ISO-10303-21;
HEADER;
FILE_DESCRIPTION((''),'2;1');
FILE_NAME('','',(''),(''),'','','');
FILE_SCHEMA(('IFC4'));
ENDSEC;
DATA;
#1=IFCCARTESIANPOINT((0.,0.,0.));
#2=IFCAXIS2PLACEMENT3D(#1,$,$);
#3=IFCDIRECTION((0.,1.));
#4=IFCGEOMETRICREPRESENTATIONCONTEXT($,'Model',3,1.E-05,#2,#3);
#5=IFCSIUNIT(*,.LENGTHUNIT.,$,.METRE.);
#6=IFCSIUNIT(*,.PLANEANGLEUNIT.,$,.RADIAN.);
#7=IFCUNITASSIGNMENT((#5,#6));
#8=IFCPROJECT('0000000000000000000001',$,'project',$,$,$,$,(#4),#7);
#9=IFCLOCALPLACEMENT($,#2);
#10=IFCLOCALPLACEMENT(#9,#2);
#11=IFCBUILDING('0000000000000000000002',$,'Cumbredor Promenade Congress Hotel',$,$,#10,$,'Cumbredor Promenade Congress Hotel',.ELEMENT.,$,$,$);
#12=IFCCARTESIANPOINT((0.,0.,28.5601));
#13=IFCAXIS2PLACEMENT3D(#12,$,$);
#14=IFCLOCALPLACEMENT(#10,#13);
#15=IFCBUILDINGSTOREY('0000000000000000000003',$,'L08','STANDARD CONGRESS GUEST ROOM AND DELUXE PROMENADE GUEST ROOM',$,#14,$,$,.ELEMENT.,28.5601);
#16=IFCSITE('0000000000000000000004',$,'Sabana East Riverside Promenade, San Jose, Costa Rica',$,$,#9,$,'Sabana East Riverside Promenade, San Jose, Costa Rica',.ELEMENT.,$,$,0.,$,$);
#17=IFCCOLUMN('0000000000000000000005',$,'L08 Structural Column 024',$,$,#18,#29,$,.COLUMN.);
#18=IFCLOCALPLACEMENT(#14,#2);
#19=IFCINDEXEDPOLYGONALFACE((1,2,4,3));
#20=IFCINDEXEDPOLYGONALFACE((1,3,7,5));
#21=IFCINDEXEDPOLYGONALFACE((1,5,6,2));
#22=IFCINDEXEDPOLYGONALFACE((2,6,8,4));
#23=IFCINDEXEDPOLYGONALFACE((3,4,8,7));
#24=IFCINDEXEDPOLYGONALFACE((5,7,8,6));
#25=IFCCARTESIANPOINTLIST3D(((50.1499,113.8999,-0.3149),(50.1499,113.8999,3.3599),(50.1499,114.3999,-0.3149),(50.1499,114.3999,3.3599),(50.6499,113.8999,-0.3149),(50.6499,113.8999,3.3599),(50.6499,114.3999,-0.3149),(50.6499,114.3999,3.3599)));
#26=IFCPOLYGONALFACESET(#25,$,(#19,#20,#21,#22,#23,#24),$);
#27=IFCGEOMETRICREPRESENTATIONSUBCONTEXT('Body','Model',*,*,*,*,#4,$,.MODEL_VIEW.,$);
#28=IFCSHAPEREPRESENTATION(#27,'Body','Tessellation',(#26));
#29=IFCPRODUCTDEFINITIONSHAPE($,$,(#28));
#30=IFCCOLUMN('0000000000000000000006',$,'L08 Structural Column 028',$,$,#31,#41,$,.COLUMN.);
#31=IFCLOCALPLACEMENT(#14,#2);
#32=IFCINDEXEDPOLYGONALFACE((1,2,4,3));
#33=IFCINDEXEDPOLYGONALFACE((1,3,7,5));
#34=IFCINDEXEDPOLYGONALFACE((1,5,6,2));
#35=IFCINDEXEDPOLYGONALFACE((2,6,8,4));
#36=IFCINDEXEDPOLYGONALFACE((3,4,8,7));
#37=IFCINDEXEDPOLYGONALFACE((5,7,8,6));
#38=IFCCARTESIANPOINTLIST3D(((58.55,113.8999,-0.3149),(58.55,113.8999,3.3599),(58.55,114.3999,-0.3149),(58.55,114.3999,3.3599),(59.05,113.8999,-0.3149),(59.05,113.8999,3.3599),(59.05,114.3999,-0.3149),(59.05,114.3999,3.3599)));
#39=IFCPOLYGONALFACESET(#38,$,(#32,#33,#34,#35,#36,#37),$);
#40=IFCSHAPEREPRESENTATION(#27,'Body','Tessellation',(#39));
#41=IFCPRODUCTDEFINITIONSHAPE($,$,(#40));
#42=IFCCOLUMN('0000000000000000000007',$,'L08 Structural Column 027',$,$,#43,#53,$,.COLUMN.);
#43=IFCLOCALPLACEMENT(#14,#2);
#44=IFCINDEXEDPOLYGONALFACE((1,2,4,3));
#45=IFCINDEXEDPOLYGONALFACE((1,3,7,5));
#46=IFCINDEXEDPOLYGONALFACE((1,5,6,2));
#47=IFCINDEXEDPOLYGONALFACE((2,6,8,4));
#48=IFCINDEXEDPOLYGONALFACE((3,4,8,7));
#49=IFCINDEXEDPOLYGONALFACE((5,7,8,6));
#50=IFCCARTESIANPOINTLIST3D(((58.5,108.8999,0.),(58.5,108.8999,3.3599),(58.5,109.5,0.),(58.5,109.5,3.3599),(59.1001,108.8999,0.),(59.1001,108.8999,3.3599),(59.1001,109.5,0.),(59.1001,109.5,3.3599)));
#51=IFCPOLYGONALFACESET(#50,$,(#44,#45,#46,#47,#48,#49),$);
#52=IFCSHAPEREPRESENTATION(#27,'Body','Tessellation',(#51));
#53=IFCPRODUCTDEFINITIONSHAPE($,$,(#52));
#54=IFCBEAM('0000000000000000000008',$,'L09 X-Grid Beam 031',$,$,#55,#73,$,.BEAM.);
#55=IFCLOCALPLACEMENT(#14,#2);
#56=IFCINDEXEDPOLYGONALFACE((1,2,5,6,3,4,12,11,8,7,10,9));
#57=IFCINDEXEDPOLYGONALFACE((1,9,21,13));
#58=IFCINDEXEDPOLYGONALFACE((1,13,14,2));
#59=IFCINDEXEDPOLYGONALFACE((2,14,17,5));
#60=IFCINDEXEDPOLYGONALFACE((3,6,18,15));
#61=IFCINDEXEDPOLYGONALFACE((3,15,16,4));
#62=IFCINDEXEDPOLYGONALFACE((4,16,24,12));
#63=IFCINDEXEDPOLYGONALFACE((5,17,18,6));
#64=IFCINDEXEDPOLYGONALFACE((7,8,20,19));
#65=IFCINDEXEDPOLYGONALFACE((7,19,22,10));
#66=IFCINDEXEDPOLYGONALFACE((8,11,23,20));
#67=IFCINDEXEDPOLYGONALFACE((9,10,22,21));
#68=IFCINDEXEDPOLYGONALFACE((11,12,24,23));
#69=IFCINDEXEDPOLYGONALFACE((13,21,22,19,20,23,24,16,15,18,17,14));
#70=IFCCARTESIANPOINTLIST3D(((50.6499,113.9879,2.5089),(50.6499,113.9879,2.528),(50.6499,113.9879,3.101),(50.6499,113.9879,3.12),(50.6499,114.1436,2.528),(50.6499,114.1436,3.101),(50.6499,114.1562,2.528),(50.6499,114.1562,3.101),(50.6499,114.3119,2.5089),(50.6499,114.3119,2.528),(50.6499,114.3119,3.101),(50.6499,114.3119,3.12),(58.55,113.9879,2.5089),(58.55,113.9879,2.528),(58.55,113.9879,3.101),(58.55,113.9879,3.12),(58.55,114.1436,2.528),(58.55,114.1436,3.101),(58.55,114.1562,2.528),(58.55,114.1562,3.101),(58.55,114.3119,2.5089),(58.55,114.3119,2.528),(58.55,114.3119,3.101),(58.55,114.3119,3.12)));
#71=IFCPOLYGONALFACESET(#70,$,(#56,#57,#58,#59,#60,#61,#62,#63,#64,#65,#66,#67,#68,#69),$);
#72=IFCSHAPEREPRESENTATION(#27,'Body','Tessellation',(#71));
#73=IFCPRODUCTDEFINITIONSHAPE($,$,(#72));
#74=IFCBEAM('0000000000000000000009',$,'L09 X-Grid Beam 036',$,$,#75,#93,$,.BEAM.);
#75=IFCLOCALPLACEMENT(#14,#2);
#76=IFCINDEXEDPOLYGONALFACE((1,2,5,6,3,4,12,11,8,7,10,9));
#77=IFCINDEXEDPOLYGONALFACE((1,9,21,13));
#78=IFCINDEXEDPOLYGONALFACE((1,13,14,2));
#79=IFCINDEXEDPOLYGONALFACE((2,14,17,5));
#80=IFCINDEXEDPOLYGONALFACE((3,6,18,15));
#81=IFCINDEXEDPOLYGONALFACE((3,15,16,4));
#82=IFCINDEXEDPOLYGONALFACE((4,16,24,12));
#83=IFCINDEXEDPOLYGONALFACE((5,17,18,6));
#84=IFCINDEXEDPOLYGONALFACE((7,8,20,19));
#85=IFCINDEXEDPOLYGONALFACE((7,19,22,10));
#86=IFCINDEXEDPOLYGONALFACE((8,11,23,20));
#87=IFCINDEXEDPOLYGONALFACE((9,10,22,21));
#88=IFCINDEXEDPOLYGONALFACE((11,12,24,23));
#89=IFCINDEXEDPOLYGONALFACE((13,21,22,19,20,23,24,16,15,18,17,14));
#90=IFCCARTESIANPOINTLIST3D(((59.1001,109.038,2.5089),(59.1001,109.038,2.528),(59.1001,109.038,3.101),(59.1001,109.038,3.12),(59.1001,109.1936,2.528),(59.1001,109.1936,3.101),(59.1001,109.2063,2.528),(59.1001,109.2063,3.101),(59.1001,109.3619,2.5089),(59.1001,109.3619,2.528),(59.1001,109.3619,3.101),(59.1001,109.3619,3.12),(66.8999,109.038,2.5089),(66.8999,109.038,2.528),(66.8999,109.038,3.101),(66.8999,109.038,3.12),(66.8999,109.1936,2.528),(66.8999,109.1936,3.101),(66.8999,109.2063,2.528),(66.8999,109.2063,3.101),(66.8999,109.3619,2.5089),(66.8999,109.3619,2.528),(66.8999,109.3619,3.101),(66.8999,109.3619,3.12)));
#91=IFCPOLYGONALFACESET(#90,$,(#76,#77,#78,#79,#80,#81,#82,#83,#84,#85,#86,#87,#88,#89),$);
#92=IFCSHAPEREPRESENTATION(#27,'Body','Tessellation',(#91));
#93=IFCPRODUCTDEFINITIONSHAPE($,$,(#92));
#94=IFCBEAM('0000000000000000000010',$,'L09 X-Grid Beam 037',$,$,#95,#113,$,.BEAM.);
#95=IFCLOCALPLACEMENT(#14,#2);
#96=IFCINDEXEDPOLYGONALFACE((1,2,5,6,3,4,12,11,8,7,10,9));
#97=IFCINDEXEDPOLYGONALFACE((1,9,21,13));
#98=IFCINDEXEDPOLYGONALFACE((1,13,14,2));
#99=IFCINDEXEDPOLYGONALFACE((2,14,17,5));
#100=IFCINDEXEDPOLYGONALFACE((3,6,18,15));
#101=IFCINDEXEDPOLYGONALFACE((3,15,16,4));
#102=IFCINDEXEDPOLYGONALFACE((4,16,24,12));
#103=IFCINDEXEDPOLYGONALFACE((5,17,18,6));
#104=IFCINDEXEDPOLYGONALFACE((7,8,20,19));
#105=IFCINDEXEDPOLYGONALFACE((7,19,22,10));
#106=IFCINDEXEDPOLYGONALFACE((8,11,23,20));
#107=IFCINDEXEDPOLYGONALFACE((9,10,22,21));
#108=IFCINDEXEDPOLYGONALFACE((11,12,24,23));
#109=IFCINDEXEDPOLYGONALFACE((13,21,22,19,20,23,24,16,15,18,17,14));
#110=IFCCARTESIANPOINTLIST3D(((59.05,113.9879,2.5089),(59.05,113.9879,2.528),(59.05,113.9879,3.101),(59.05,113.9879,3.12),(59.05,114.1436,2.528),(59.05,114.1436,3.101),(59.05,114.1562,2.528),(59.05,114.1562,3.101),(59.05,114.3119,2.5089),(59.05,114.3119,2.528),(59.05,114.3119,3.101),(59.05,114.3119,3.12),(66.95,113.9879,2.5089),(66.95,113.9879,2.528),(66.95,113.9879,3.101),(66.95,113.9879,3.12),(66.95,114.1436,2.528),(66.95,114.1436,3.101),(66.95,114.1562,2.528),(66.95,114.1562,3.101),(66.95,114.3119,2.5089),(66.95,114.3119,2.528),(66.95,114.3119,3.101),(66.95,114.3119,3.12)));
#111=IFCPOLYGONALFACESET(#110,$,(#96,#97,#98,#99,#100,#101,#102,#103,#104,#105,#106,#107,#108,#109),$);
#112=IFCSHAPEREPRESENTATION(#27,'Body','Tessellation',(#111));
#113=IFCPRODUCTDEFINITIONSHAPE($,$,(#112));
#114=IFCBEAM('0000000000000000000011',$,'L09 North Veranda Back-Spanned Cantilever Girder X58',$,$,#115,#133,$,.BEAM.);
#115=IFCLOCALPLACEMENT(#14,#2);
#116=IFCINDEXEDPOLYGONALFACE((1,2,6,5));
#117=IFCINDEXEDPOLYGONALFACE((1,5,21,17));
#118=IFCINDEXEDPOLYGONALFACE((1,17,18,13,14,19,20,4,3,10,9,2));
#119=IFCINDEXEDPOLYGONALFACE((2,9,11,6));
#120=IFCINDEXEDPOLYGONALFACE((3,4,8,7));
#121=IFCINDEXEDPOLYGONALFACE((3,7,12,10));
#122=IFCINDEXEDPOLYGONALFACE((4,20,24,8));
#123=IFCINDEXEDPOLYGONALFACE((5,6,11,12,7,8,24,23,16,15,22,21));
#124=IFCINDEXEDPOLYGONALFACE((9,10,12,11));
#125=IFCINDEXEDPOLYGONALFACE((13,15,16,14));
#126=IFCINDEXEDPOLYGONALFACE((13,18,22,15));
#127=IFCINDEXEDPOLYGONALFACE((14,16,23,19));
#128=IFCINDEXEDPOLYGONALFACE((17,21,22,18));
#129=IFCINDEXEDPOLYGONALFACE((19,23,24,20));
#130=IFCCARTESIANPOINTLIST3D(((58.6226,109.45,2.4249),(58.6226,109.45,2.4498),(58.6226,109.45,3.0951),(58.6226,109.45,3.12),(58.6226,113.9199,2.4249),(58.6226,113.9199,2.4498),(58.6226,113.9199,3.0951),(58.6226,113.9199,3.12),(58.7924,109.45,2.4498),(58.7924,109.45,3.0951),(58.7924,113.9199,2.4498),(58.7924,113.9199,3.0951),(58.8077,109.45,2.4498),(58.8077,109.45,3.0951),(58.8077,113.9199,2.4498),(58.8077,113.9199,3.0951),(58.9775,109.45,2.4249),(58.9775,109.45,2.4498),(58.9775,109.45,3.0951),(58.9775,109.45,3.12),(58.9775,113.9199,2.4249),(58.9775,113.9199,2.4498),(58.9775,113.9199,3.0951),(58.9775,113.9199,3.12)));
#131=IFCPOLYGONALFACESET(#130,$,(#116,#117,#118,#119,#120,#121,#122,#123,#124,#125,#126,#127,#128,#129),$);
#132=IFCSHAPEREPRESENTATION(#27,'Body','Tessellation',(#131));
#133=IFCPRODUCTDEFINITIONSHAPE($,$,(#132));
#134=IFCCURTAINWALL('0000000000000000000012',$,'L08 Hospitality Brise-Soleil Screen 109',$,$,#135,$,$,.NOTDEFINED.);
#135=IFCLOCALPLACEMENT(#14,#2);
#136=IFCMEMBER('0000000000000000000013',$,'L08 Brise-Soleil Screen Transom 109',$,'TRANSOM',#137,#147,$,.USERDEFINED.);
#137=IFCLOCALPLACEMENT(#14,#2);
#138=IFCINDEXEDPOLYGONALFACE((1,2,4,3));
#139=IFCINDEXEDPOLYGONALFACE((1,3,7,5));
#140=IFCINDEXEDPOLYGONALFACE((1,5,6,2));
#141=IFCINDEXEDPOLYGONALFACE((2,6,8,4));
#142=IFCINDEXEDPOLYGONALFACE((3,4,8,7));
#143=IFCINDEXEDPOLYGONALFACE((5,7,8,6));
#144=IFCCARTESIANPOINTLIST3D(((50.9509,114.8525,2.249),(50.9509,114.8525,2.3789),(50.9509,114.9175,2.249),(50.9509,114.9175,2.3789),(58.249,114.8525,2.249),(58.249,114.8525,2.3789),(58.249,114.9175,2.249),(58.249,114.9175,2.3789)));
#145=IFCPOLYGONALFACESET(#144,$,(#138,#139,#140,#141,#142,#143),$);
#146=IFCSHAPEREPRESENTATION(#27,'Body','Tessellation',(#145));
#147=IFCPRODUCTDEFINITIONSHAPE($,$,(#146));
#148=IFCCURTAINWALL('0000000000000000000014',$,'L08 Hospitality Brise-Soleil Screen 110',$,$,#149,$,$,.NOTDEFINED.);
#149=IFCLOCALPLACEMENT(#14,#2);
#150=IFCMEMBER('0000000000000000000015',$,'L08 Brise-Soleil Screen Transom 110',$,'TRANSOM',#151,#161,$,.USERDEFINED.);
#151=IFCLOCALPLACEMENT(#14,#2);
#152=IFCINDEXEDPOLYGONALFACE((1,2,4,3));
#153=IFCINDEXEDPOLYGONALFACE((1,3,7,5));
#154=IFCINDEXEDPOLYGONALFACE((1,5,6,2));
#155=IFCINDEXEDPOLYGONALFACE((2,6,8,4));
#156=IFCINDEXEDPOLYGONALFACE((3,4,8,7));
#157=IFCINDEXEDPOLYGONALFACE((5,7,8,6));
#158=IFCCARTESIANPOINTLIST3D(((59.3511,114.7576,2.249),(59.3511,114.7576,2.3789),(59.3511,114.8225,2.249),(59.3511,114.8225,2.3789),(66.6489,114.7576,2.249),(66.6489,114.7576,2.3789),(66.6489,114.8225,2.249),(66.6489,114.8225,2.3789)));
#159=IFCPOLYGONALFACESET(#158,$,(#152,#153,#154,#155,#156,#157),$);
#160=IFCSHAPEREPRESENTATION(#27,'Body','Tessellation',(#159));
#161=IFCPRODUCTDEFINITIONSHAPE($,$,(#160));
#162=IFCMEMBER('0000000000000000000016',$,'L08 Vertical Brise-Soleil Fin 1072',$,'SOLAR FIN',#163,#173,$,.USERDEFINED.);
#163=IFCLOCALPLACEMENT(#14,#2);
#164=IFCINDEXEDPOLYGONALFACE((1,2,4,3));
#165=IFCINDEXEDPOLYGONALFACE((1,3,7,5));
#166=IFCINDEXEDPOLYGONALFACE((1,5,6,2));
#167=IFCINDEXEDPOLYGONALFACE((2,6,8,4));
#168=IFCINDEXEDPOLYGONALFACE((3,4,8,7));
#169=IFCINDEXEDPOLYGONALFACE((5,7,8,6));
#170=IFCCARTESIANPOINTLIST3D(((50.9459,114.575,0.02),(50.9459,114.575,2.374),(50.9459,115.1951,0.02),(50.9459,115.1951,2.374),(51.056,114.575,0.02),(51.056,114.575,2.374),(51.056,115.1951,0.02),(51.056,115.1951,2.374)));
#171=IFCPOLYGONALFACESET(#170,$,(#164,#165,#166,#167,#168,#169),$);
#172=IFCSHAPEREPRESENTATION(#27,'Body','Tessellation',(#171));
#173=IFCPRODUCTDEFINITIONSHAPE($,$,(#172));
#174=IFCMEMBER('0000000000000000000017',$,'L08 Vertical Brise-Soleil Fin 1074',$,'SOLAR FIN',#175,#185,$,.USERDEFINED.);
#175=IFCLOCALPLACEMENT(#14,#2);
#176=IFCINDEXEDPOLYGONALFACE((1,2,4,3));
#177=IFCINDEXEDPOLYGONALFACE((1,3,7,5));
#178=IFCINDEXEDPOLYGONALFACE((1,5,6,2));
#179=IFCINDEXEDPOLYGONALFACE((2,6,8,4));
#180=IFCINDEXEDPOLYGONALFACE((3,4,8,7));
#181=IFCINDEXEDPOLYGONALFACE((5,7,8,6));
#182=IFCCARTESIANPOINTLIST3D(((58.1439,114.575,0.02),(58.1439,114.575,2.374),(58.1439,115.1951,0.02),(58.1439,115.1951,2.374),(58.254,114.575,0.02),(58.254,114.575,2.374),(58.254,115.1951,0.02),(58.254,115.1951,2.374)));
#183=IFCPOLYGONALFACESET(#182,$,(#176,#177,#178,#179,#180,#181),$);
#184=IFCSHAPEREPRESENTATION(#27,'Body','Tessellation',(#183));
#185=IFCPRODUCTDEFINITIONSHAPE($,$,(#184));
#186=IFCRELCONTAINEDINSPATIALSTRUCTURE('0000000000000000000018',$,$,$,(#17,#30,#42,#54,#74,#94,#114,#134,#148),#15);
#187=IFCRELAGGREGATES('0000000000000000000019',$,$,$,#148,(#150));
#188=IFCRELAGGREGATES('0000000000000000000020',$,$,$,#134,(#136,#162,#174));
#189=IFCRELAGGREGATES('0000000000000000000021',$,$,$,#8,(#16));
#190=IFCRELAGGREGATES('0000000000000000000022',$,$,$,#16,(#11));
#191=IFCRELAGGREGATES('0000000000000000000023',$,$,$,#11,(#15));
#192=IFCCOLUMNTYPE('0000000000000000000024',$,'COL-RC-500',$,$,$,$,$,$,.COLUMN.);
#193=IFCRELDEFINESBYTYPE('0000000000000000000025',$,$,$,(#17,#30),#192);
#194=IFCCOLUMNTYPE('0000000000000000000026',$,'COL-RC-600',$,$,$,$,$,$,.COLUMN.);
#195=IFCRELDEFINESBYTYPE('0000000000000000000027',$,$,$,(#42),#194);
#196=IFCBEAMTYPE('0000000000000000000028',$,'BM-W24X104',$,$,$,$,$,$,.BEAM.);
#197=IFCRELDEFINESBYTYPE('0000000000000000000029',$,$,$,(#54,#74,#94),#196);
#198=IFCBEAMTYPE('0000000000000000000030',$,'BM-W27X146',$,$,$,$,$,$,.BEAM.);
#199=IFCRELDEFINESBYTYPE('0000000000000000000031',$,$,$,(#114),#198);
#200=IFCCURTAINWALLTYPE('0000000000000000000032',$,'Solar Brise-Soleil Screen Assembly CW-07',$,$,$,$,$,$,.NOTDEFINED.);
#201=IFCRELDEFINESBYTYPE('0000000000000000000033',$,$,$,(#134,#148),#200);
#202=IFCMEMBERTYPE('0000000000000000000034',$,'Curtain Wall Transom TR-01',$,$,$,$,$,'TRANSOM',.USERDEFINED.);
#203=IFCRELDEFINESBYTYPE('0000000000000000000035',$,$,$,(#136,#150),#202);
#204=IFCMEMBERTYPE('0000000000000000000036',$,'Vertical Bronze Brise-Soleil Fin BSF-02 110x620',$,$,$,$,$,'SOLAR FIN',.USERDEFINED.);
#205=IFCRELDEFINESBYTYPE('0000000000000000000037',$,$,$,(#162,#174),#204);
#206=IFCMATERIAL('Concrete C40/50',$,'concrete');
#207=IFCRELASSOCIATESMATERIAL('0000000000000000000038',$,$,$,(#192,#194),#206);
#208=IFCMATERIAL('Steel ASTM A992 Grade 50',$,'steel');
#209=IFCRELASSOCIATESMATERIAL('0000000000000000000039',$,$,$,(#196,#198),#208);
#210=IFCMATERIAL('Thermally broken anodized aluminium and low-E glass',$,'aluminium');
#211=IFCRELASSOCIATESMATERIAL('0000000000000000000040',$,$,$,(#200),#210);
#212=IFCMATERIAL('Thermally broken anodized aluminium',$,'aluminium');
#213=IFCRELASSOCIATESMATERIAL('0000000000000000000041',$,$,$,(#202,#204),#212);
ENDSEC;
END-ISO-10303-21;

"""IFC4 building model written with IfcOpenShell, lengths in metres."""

from ifc_helpers import new_model, si_unit, direction, frame, origin, origin_2d, place, context, subcontext, project, spatial, rectangle, i_section, extrude, material, material_profile, profile_set, type_object, element, aggregate, save


model = new_model("IFC4")

# Units and contexts
model_context = context("Model", 3, precision=1e-05, world=origin(), true_north=direction((0.0, 1.0)))
body_context = subcontext(model_context, "Body", "Model", "MODEL_VIEW")
ifc_project = project(units=[si_unit("LENGTHUNIT", "METRE"), si_unit("PLANEANGLEUNIT", "RADIAN")], contexts=[model_context])

# Site, building, storey
site_placement = place(None, origin())
site = spatial("IfcSite", under=ifc_project, at=site_placement, Name="Sabana East Riverside Promenade, San Jose, Costa Rica", LongName="Sabana East Riverside Promenade, San Jose, Costa Rica", CompositionType="ELEMENT", RefElevation=0.0)
building_placement = place(site_placement, origin())
building = spatial("IfcBuilding", under=site, at=building_placement, Name="Cumbredor Promenade Congress Hotel", LongName="Cumbredor Promenade Congress Hotel", CompositionType="ELEMENT")
storey_placement = place(building_placement, frame((0.0, 0.0, 28.5601)))
storey = spatial("IfcBuildingStorey", under=building, at=storey_placement, Name="L08", Description="STANDARD CONGRESS GUEST ROOM AND DELUXE PROMENADE GUEST ROOM", CompositionType="ELEMENT", Elevation=28.5601)

# Columns
ifc_material_1 = material(Name="Concrete C40/50", Category="concrete")
ifc_material_profile_1 = material_profile(ifc_material_1, rectangle(XDim=0.5, YDim=0.5, at=origin_2d()), Name="RC 500x500")
ifc_profile_set_1 = profile_set([ifc_material_profile_1], Name="Concrete C40/50")
column_type_1 = type_object("IfcColumnType", Name="COL-RC-500", PredefinedType="COLUMN", material=ifc_profile_set_1)
for number, where, z_axis, x_axis, name in (
    (1, (50.3999, 114.1499, -0.3149), (0.0, 0.0, 1.0), (1.0, 0.0, 0.0), "L08 Structural Column 024"),
    (2, (58.8, 114.1499, -0.3149), (0.0, 0.0, 1.0), (1.0, 0.0, 0.0), "L08 Structural Column 028"),
):
    element("IfcColumn", number, at=place(storey_placement, frame(where, z_axis=z_axis, x_axis=x_axis)), inside=storey, type_object=column_type_1, Name=name, PredefinedType="COLUMN", context=body_context, shape_type="SweptSolid", body=[
        extrude(rectangle(XDim=0.5, YDim=0.5, at=origin_2d()), origin(), (0.0, 0.0, 1.0), 3.6748),
    ])
ifc_material_profile_2 = material_profile(ifc_material_1, rectangle(XDim=0.6001, YDim=0.6001, at=origin_2d()), Name="RC 600x600")
ifc_profile_set_2 = profile_set([ifc_material_profile_2], Name="Concrete C40/50")
column_type_2 = type_object("IfcColumnType", Name="COL-RC-600", PredefinedType="COLUMN", material=ifc_profile_set_2)
column_placement = place(storey_placement, frame((58.8, 109.2, 0.0), z_axis=(0.0, 0.0, 1.0), x_axis=(1.0, 0.0, 0.0)))
element("IfcColumn", 3, at=column_placement, inside=storey, type_object=column_type_2, Name="L08 Structural Column 027", PredefinedType="COLUMN", context=body_context, shape_type="SweptSolid", body=[
    extrude(rectangle(XDim=0.6001, YDim=0.6001, at=origin_2d()), origin(), (0.0, 0.0, 1.0), 3.3599),
])

# Beams
ifc_material_2 = material(Name="Steel ASTM A992 Grade 50", Category="steel")
ifc_material_profile_3 = material_profile(ifc_material_2, i_section(OverallWidth=0.324, OverallDepth=0.6111, WebThickness=0.0127, FlangeThickness=0.019, at=origin_2d()), Name="W24X104")
ifc_profile_set_3 = profile_set([ifc_material_profile_3], Name="Steel ASTM A992 Grade 50")
beam_type_1 = type_object("IfcBeamType", Name="BM-W24X104", PredefinedType="BEAM", material=ifc_profile_set_3)
beam_1_placement = place(storey_placement, frame((50.6499, 114.1499, 2.8145), z_axis=(1.0, 0.0, 0.0), x_axis=(0.0, 1.0, 0.0)))
element("IfcBeam", 4, at=beam_1_placement, inside=storey, type_object=beam_type_1, Name="L09 X-Grid Beam 031", PredefinedType="BEAM", context=body_context, shape_type="SweptSolid", body=[
    extrude(i_section(OverallWidth=0.324, OverallDepth=0.6111, WebThickness=0.0127, FlangeThickness=0.019, at=origin_2d()), origin(), (0.0, 0.0, 1.0), 7.9001),
])
beam_2_placement = place(storey_placement, frame((59.1001, 109.2, 2.8145), z_axis=(1.0, 0.0, 0.0), x_axis=(0.0, 1.0, 0.0)))
element("IfcBeam", 5, at=beam_2_placement, inside=storey, type_object=beam_type_1, Name="L09 X-Grid Beam 036", PredefinedType="BEAM", context=body_context, shape_type="SweptSolid", body=[
    extrude(i_section(OverallWidth=0.324, OverallDepth=0.6111, WebThickness=0.0127, FlangeThickness=0.019, at=origin_2d()), origin(), (0.0, 0.0, 1.0), 7.7998),
])
beam_3_placement = place(storey_placement, frame((59.05, 114.1499, 2.8145), z_axis=(1.0, 0.0, 0.0), x_axis=(0.0, 1.0, 0.0)))
element("IfcBeam", 6, at=beam_3_placement, inside=storey, type_object=beam_type_1, Name="L09 X-Grid Beam 037", PredefinedType="BEAM", context=body_context, shape_type="SweptSolid", body=[
    extrude(i_section(OverallWidth=0.324, OverallDepth=0.6111, WebThickness=0.0127, FlangeThickness=0.019, at=origin_2d()), origin(), (0.0, 0.0, 1.0), 7.8999),
])
ifc_material_profile_4 = material_profile(ifc_material_2, i_section(OverallWidth=0.355, OverallDepth=0.6951, WebThickness=0.0154, FlangeThickness=0.0249, at=origin_2d()), Name="W27X146")
ifc_profile_set_4 = profile_set([ifc_material_profile_4], Name="Steel ASTM A992 Grade 50")
beam_type_2 = type_object("IfcBeamType", Name="BM-W27X146", PredefinedType="BEAM", material=ifc_profile_set_4)
beam_4_placement = place(storey_placement, frame((58.8, 109.45, 2.7725), z_axis=(0.0, 1.0, 0.0), x_axis=(-1.0, 0.0, 0.0)))
element("IfcBeam", 7, at=beam_4_placement, inside=storey, type_object=beam_type_2, Name="L09 North Veranda Back-Spanned Cantilever Girder X58", PredefinedType="BEAM", context=body_context, shape_type="SweptSolid", body=[
    extrude(i_section(OverallWidth=0.355, OverallDepth=0.6951, WebThickness=0.0154, FlangeThickness=0.0249, at=origin_2d()), origin(), (0.0, 0.0, 1.0), 4.47),
])

# Curtain walls, members
ifc_material_3 = material(Name="Thermally broken anodized aluminium and low-E glass", Category="aluminium")
curtain_wall_type = type_object("IfcCurtainWallType", Name="Solar Brise-Soleil Screen Assembly CW-07", PredefinedType="NOTDEFINED", material=ifc_material_3)
curtain_wall_1_placement = place(storey_placement, origin())
curtain_wall_1 = element("IfcCurtainWall", 8, at=curtain_wall_1_placement, inside=storey, type_object=curtain_wall_type, Name="L08 Hospitality Brise-Soleil Screen 109", PredefinedType="NOTDEFINED")
ifc_material_4 = material(Name="Thermally broken anodized aluminium", Category="aluminium")
ifc_material_profile_5 = material_profile(ifc_material_4, rectangle(XDim=0.0649, YDim=0.1299, at=origin_2d()), Name="ALU TRANSOM 65x130")
ifc_profile_set_5 = profile_set([ifc_material_profile_5], Name="Thermally broken anodized aluminium")
member_type_1 = type_object("IfcMemberType", Name="Curtain Wall Transom TR-01", ElementType="TRANSOM", PredefinedType="USERDEFINED", material=ifc_profile_set_5)
member_1_placement = place(storey_placement, frame((50.9509, 114.885, 2.314), z_axis=(1.0, 0.0, 0.0), x_axis=(0.0, 1.0, 0.0)))
member_1 = element("IfcMember", 9, at=member_1_placement, type_object=member_type_1, Name="L08 Brise-Soleil Screen Transom 109", ObjectType="TRANSOM", PredefinedType="USERDEFINED", context=body_context, shape_type="SweptSolid", body=[
    extrude(rectangle(XDim=0.0649, YDim=0.1299, at=origin_2d()), origin(), (0.0, 0.0, 1.0), 7.2981),
])
curtain_wall_2_placement = place(storey_placement, origin())
curtain_wall_2 = element("IfcCurtainWall", 10, at=curtain_wall_2_placement, inside=storey, type_object=curtain_wall_type, Name="L08 Hospitality Brise-Soleil Screen 110", PredefinedType="NOTDEFINED")
member_2_placement = place(storey_placement, frame((59.3511, 114.79, 2.314), z_axis=(1.0, 0.0, 0.0), x_axis=(0.0, 1.0, 0.0)))
member_2 = element("IfcMember", 11, at=member_2_placement, type_object=member_type_1, Name="L08 Brise-Soleil Screen Transom 110", ObjectType="TRANSOM", PredefinedType="USERDEFINED", context=body_context, shape_type="SweptSolid", body=[
    extrude(rectangle(XDim=0.0649, YDim=0.1299, at=origin_2d()), origin(), (0.0, 0.0, 1.0), 7.2979),
])
aggregate(curtain_wall_2, [member_2])

# Members
ifc_material_profile_6 = material_profile(ifc_material_4, rectangle(XDim=0.1101, YDim=0.6201, at=origin_2d()), Name="ARCH FIN 110x620")
ifc_profile_set_6 = profile_set([ifc_material_profile_6], Name="Thermally broken anodized aluminium")
member_type_2 = type_object("IfcMemberType", Name="Vertical Bronze Brise-Soleil Fin BSF-02 110x620", ElementType="SOLAR FIN", PredefinedType="USERDEFINED", material=ifc_profile_set_6)
member_3_placement = place(storey_placement, frame((51.001, 114.885, 0.02), z_axis=(0.0, 0.0, 1.0), x_axis=(1.0, 0.0, 0.0)))
member_3 = element("IfcMember", 12, at=member_3_placement, type_object=member_type_2, Name="L08 Vertical Brise-Soleil Fin 1072", ObjectType="SOLAR FIN", PredefinedType="USERDEFINED", context=body_context, shape_type="SweptSolid", body=[
    extrude(rectangle(XDim=0.1101, YDim=0.6201, at=origin_2d()), origin(), (0.0, 0.0, 1.0), 2.354),
])
member_4_placement = place(storey_placement, frame((58.199, 114.885, 0.02), z_axis=(0.0, 0.0, 1.0), x_axis=(1.0, 0.0, 0.0)))
member_4 = element("IfcMember", 13, at=member_4_placement, type_object=member_type_2, Name="L08 Vertical Brise-Soleil Fin 1074", ObjectType="SOLAR FIN", PredefinedType="USERDEFINED", context=body_context, shape_type="SweptSolid", body=[
    extrude(rectangle(XDim=0.1101, YDim=0.6201, at=origin_2d()), origin(), (0.0, 0.0, 1.0), 2.354),
])

aggregate(curtain_wall_1, [member_1, member_3, member_4])

save(model, "model.ifc")
